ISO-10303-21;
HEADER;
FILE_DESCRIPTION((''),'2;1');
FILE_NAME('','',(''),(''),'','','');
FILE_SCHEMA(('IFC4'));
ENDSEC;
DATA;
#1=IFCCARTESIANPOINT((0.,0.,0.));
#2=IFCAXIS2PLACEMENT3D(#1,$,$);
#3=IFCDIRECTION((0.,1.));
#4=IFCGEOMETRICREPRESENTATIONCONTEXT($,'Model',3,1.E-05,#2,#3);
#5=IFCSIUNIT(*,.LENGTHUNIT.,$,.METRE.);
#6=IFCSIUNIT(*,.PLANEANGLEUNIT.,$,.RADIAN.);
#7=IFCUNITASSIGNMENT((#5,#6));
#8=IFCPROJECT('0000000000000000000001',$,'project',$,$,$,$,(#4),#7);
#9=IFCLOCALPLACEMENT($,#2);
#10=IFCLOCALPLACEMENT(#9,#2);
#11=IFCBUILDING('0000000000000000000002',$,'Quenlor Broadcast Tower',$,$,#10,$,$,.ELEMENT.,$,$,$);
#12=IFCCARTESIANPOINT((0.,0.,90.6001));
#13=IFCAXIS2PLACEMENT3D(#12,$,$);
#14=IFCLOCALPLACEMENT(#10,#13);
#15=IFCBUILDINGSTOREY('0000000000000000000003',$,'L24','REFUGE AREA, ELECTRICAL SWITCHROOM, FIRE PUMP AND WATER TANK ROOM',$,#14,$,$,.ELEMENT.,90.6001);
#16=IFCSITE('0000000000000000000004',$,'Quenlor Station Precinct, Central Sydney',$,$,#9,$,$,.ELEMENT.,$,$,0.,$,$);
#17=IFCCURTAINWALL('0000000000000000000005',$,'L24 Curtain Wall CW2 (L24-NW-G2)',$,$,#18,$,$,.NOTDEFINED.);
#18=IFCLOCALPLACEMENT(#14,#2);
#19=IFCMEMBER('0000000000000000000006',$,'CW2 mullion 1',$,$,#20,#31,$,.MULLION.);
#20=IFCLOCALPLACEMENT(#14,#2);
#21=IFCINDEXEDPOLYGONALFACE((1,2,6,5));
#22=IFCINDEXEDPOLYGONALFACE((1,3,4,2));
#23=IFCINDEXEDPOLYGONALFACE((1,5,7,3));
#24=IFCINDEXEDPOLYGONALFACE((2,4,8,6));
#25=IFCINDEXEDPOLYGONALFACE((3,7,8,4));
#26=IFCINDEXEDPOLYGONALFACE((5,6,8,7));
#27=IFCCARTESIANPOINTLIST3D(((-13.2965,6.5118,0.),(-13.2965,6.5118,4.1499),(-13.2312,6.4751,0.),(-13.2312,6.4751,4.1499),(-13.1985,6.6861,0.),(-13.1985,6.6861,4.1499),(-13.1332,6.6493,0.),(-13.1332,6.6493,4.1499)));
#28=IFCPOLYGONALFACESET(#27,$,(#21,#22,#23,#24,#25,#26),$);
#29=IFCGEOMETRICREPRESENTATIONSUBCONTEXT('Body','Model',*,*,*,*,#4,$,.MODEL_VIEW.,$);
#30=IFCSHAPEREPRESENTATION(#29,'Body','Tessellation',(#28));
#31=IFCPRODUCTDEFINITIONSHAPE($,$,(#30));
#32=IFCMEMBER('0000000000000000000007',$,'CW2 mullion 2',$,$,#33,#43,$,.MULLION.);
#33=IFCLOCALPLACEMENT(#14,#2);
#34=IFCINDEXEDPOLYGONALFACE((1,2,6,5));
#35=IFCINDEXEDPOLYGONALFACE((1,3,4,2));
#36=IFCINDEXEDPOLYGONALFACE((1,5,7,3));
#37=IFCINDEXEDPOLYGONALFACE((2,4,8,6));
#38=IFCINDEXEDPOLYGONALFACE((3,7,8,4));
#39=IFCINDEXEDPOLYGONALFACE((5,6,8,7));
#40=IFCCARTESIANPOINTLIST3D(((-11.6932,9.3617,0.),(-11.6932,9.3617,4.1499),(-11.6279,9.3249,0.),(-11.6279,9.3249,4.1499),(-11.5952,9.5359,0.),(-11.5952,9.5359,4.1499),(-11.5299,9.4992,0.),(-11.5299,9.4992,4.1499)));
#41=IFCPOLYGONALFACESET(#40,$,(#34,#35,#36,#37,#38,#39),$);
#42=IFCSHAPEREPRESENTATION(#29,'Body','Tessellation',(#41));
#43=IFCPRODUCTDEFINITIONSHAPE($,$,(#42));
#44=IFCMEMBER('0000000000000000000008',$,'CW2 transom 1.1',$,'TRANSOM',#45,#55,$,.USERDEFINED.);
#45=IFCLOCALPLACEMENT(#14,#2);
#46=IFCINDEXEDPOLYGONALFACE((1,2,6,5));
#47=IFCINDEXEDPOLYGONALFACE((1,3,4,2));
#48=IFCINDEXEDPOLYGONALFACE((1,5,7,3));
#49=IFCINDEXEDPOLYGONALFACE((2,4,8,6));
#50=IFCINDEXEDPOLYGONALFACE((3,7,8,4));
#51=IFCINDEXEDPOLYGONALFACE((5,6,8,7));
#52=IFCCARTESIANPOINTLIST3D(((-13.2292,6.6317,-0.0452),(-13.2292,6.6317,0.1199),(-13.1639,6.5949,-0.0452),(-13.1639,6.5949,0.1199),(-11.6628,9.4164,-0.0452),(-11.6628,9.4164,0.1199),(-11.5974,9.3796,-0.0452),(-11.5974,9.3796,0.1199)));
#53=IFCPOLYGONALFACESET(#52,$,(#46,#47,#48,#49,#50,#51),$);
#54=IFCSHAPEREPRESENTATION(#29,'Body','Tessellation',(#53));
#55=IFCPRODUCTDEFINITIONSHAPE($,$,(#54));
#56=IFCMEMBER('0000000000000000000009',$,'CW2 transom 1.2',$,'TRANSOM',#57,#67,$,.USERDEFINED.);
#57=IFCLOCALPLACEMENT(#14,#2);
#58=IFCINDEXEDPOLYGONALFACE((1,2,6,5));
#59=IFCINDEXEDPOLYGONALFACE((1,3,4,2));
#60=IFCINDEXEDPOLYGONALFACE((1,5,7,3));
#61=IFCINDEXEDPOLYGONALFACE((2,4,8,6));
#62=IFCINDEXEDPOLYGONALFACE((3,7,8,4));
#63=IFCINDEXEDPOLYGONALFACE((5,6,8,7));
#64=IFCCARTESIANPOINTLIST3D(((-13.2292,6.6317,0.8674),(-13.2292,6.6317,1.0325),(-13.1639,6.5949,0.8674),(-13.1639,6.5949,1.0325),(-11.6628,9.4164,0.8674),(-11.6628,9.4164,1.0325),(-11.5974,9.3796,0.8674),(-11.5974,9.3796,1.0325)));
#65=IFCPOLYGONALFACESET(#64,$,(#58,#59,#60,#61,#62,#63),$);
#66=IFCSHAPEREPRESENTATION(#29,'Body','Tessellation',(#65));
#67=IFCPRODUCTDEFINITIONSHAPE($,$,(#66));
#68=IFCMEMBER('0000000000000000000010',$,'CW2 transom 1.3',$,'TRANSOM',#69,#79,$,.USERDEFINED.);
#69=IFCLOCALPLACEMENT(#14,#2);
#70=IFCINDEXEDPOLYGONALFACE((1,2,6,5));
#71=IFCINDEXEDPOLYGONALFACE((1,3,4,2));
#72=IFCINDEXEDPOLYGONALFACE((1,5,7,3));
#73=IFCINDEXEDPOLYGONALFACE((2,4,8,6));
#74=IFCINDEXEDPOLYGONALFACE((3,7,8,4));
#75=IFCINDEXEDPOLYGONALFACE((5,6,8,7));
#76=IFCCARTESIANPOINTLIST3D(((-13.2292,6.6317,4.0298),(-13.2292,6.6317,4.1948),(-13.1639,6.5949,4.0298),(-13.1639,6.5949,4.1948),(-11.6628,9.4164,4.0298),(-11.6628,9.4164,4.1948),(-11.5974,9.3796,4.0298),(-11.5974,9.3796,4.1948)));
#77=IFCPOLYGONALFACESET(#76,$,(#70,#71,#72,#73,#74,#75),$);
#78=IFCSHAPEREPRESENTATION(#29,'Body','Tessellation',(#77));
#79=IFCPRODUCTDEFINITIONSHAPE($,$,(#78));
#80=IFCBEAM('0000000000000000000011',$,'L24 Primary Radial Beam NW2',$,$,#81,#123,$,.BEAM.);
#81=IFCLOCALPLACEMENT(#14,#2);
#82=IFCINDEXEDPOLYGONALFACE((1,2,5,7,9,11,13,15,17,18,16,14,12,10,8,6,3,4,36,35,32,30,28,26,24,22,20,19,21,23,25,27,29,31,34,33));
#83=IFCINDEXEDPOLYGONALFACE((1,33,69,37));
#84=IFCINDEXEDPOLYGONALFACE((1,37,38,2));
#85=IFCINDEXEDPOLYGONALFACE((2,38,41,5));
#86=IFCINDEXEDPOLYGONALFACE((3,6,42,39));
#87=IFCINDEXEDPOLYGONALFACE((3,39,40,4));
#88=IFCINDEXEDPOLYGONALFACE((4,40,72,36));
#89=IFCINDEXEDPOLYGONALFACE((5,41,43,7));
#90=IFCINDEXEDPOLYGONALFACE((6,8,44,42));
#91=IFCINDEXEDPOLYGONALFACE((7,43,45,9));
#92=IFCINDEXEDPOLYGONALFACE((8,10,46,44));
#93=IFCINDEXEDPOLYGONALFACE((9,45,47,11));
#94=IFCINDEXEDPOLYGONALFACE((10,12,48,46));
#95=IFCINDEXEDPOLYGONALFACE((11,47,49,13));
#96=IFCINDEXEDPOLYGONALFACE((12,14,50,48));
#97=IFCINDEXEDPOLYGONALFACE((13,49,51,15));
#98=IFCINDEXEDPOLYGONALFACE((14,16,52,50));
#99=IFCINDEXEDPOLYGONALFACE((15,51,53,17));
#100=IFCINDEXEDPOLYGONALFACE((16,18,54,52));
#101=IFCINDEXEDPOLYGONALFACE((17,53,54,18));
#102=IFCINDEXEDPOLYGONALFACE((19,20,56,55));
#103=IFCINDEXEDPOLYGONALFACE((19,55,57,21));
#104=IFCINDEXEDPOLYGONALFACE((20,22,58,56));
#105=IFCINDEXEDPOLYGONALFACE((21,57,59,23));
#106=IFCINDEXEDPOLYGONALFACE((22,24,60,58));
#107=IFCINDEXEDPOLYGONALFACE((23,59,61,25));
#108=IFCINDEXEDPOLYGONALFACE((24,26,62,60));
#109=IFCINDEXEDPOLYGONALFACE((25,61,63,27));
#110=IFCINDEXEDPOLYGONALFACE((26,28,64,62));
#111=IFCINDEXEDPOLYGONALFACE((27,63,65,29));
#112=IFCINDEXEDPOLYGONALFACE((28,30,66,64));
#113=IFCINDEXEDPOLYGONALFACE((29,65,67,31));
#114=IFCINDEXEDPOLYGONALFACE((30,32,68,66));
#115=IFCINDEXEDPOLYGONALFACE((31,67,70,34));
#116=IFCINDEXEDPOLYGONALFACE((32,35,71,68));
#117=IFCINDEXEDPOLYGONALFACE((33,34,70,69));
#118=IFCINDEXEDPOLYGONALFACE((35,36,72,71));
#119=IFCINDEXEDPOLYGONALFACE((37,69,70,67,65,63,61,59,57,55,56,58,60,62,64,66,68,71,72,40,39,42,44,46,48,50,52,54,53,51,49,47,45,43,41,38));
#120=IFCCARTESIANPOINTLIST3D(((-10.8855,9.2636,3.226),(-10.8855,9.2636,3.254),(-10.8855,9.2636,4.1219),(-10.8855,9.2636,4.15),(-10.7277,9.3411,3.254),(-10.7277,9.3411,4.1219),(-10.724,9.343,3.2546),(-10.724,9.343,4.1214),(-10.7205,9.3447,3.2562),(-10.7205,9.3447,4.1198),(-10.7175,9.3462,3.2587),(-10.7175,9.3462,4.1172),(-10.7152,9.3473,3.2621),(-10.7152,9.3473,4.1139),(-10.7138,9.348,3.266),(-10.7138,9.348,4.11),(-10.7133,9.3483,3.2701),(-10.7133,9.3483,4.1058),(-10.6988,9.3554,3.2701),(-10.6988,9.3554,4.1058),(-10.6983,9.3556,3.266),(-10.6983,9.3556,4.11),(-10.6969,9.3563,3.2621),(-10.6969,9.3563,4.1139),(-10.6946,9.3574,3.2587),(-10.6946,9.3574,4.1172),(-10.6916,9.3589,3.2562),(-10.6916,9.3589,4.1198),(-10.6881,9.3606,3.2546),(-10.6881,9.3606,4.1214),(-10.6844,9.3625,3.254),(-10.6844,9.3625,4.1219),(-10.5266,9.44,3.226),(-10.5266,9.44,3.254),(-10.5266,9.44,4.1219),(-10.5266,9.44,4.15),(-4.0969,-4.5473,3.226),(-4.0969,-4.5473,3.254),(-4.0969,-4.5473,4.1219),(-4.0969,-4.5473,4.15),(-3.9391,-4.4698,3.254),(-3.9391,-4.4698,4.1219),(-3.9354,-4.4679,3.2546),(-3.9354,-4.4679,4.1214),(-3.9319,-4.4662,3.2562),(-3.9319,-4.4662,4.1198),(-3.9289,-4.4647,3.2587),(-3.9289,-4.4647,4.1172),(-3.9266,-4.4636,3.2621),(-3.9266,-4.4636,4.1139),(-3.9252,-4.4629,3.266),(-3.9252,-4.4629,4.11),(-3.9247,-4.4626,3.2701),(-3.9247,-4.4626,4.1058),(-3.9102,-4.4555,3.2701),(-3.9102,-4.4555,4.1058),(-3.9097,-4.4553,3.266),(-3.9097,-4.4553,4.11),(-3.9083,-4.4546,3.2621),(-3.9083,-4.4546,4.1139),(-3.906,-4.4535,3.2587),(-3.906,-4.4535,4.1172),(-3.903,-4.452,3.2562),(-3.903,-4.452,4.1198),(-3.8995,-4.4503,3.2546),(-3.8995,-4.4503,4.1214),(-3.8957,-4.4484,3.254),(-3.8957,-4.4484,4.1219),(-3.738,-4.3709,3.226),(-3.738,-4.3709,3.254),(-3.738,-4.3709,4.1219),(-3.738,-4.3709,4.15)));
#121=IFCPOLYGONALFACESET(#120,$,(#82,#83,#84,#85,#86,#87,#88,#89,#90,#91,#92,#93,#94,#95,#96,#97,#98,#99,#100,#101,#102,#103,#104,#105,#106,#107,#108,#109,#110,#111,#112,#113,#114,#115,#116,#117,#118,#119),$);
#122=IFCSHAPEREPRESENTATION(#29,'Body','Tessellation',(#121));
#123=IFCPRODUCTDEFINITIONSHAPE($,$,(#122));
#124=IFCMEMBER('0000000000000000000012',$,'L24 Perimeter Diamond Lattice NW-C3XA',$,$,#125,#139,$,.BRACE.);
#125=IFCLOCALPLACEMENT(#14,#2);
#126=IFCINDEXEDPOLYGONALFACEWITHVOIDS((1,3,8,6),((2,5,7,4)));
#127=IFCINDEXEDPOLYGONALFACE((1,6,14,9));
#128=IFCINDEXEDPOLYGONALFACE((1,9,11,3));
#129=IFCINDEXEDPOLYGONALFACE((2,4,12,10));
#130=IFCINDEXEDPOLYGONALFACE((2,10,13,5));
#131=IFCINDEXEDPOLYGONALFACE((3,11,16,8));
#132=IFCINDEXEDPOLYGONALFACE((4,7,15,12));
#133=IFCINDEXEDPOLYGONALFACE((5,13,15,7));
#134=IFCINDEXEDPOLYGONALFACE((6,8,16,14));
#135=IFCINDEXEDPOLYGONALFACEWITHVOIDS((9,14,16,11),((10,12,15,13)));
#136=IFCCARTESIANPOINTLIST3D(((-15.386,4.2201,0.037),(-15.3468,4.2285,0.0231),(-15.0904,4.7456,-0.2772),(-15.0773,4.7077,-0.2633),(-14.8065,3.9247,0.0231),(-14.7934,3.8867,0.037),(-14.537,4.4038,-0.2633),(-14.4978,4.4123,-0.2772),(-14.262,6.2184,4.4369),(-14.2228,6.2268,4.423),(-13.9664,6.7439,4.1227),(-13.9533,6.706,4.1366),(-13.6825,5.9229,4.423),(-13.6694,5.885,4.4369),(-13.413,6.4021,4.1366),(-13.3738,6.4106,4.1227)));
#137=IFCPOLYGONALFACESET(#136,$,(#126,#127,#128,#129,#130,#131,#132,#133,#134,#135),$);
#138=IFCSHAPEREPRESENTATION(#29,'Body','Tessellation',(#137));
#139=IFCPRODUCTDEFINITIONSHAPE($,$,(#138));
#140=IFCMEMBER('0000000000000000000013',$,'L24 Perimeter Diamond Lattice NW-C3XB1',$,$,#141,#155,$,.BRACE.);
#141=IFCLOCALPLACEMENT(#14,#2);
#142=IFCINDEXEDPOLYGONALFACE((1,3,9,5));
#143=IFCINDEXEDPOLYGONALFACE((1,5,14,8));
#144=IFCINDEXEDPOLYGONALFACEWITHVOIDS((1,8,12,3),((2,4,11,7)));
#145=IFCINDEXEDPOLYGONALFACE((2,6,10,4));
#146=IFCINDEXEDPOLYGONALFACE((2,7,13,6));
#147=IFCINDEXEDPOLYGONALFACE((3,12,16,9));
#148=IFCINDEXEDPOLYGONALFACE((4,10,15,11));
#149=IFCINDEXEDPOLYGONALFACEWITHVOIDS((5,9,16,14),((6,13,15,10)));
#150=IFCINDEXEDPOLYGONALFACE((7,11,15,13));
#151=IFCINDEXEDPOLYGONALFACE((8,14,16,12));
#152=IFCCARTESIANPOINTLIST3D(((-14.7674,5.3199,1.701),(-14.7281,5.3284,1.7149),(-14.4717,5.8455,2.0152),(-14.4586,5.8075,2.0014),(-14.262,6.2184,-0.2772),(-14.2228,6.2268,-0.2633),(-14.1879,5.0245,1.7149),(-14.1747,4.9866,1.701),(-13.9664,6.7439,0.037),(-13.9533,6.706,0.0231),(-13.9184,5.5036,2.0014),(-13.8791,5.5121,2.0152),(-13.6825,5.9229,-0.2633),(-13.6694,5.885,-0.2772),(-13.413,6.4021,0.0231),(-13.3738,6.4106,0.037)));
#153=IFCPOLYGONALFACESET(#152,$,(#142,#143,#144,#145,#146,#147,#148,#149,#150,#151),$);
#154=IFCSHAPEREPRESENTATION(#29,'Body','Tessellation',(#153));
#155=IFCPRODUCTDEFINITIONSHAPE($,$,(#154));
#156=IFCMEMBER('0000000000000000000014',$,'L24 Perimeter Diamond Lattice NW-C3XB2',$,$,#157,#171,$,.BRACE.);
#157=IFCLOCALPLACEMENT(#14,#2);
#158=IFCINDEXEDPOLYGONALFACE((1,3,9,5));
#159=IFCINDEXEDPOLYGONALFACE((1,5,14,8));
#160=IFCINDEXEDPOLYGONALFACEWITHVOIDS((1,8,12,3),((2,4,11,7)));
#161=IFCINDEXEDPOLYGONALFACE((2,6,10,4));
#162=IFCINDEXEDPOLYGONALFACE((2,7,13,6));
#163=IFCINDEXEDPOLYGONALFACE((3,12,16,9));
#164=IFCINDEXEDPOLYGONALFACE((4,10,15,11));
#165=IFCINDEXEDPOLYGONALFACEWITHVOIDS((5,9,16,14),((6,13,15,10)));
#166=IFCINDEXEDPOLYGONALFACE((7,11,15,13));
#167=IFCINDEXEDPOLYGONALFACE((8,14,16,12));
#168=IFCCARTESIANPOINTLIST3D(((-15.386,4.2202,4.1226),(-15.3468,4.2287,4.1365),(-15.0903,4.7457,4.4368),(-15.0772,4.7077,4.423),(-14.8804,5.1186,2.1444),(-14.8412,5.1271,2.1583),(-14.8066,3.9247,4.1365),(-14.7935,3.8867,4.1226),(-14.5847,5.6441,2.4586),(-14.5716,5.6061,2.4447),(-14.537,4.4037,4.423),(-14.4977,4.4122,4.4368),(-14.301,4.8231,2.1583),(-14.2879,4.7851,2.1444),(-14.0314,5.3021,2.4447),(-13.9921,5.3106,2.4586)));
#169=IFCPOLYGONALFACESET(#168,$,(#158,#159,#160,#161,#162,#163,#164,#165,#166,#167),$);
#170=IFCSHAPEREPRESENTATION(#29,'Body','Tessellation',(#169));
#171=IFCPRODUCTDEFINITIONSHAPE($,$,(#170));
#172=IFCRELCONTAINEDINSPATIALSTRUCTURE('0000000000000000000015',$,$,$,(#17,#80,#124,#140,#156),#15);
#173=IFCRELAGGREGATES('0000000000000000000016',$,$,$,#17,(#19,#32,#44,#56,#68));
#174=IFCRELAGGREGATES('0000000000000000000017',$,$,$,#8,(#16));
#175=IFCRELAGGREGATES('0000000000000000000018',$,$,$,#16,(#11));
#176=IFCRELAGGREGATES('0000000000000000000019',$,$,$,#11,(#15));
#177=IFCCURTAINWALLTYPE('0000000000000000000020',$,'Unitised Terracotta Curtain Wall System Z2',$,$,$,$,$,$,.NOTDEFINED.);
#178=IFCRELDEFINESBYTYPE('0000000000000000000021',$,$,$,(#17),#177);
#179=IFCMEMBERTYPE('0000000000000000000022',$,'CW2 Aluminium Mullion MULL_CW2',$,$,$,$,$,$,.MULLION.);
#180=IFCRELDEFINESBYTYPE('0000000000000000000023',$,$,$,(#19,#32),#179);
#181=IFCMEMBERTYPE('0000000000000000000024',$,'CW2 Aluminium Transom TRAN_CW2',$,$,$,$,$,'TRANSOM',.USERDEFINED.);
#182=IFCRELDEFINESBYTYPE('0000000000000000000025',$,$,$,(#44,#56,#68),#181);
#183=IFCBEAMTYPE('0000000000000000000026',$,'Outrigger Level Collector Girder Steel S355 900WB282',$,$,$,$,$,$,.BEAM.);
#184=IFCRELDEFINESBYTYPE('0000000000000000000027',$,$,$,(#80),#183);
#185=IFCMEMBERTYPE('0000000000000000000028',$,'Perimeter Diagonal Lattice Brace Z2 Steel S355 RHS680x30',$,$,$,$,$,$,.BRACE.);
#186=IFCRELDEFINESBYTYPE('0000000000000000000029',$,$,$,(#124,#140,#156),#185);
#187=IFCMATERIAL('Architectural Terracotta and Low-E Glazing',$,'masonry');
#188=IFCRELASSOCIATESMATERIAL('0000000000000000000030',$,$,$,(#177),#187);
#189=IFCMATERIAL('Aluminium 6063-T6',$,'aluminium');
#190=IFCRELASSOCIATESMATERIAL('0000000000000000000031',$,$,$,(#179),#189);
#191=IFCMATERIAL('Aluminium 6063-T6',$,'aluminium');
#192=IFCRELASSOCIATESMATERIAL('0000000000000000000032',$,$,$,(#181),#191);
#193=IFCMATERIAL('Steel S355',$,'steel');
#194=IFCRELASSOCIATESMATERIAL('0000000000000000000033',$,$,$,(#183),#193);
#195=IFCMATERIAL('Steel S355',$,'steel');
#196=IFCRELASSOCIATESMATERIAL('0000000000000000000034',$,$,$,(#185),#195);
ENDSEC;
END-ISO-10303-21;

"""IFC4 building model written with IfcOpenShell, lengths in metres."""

from ifc_helpers import new_model, si_unit, direction, frame, origin, origin_2d, place, context, subcontext, project, spatial, rectangle, hollow_rectangle, i_section, extrude, material, material_profile, profile_set, type_object, element, aggregate, save


model = new_model("IFC4")

# Units and contexts
model_context = context("Model", 3, precision=1e-05, world=origin(), true_north=direction((0.0, 1.0)))
body_context = subcontext(model_context, "Body", "Model", "MODEL_VIEW")
ifc_project = project(units=[si_unit("LENGTHUNIT", "METRE"), si_unit("PLANEANGLEUNIT", "RADIAN")], contexts=[model_context])

# Site, building, storey
site_placement = place(None, origin())
site = spatial("IfcSite", under=ifc_project, at=site_placement, Name="Quenlor Station Precinct, Central Sydney", CompositionType="ELEMENT", RefElevation=0.0)
building_placement = place(site_placement, origin())
building = spatial("IfcBuilding", under=site, at=building_placement, Name="Quenlor Broadcast Tower", CompositionType="ELEMENT")
storey_placement = place(building_placement, frame((0.0, 0.0, 90.6001)))
storey = spatial("IfcBuildingStorey", under=building, at=storey_placement, Name="L24", Description="REFUGE AREA, ELECTRICAL SWITCHROOM, FIRE PUMP AND WATER TANK ROOM", CompositionType="ELEMENT", Elevation=90.6001)

# Curtain wall, members
ifc_material_1 = material(Name="Architectural Terracotta and Low-E Glazing", Category="masonry")
curtain_wall_type = type_object("IfcCurtainWallType", Name="Unitised Terracotta Curtain Wall System Z2", PredefinedType="NOTDEFINED", material=ifc_material_1)
curtain_wall_placement = place(storey_placement, origin())
curtain_wall = element("IfcCurtainWall", 1, at=curtain_wall_placement, inside=storey, type_object=curtain_wall_type, Name="L24 Curtain Wall CW2 (L24-NW-G2)", PredefinedType="NOTDEFINED")
ifc_material_2 = material(Name="Aluminium 6063-T6", Category="aluminium")
ifc_material_profile_1 = material_profile(ifc_material_2, rectangle(XDim=0.075, YDim=0.2, at=origin_2d()))
ifc_profile_set_1 = profile_set([ifc_material_profile_1], Name="Aluminium 6063-T6 MULL75x200")
member_type_1 = type_object("IfcMemberType", Name="CW2 Aluminium Mullion MULL_CW2", PredefinedType="MULLION", material=ifc_profile_set_1)
member_1_placement = place(storey_placement, frame((-13.2148, 6.5806, 0.0), z_axis=(0.0, 0.0, 1.0), x_axis=(-0.871577, 0.490258, 0.0)))
member_1 = element("IfcMember", 2, at=member_1_placement, type_object=member_type_1, Name="CW2 mullion 1", PredefinedType="MULLION", context=body_context, shape_type="SweptSolid", body=[
    extrude(rectangle(XDim=0.075, YDim=0.2, at=origin_2d()), origin(), (0.0, 0.0, 1.0), 4.1499),
])
member_2_placement = place(storey_placement, frame((-11.6116, 9.4304, 0.0), z_axis=(0.0, 0.0, 1.0), x_axis=(-0.871577, 0.490258, 0.0)))
member_2 = element("IfcMember", 3, at=member_2_placement, type_object=member_type_1, Name="CW2 mullion 2", PredefinedType="MULLION", context=body_context, shape_type="SweptSolid", body=[
    extrude(rectangle(XDim=0.075, YDim=0.2, at=origin_2d()), origin(), (0.0, 0.0, 1.0), 4.1499),
])
ifc_material_3 = material(Name="Aluminium 6063-T6", Category="aluminium")
ifc_material_profile_2 = material_profile(ifc_material_3, rectangle(XDim=0.075, YDim=0.165, at=origin_2d()))
ifc_profile_set_2 = profile_set([ifc_material_profile_2], Name="Aluminium 6063-T6 TRAN75x165")
member_type_2 = type_object("IfcMemberType", Name="CW2 Aluminium Transom TRAN_CW2", ElementType="TRANSOM", PredefinedType="USERDEFINED", material=ifc_profile_set_2)
member_3_placement = place(storey_placement, frame((-13.1965, 6.6133, 0.0374), z_axis=(0.490268, 0.871571, 0.0), x_axis=(-0.871571, 0.490268, 0.0)))
member_3 = element("IfcMember", 4, at=member_3_placement, type_object=member_type_2, Name="CW2 transom 1.1", ObjectType="TRANSOM", PredefinedType="USERDEFINED", context=body_context, shape_type="SweptSolid", body=[
    extrude(rectangle(XDim=0.075, YDim=0.165, at=origin_2d()), origin(), (0.0, 0.0, 1.0), 3.1951),
])
member_4_placement = place(storey_placement, frame((-13.1965, 6.6133, 0.95), z_axis=(0.490268, 0.871571, 0.0), x_axis=(-0.871571, 0.490268, 0.0)))
member_4 = element("IfcMember", 5, at=member_4_placement, type_object=member_type_2, Name="CW2 transom 1.2", ObjectType="TRANSOM", PredefinedType="USERDEFINED", context=body_context, shape_type="SweptSolid", body=[
    extrude(rectangle(XDim=0.075, YDim=0.165, at=origin_2d()), origin(), (0.0, 0.0, 1.0), 3.1951),
])
member_5_placement = place(storey_placement, frame((-13.1965, 6.6133, 4.1123), z_axis=(0.490268, 0.871571, 0.0), x_axis=(-0.871571, 0.490268, 0.0)))
member_5 = element("IfcMember", 6, at=member_5_placement, type_object=member_type_2, Name="CW2 transom 1.3", ObjectType="TRANSOM", PredefinedType="USERDEFINED", context=body_context, shape_type="SweptSolid", body=[
    extrude(rectangle(XDim=0.075, YDim=0.165, at=origin_2d()), origin(), (0.0, 0.0, 1.0), 3.1951),
])

# Beam
ifc_material_4 = material(Name="Steel S355", Category="steel")
ifc_material_profile_3 = material_profile(ifc_material_4, i_section(OverallWidth=0.3999, OverallDepth=0.9241, WebThickness=0.0161, FlangeThickness=0.0281, FilletRadius=0.0161, at=origin_2d()))
ifc_profile_set_3 = profile_set([ifc_material_profile_3], Name="Steel S355 900WB282")
beam_type_1 = type_object("IfcBeamType", Name="Outrigger Level Collector Girder Steel S355 900WB282", PredefinedType="BEAM", material=ifc_profile_set_3)
beam_1_placement = place(storey_placement, frame((-10.7061, 9.3518, 3.688), z_axis=(0.44113, -0.897443, 0.0), x_axis=(0.897443, 0.44113, 0.0)))
element("IfcBeam", 7, at=beam_1_placement, inside=storey, type_object=beam_type_1, Name="L24 Primary Radial Beam NW2", PredefinedType="BEAM", context=body_context, shape_type="SweptSolid", body=[
    extrude(i_section(OverallWidth=0.3999, OverallDepth=0.9241, WebThickness=0.0161, FlangeThickness=0.0281, FilletRadius=0.0161, at=origin_2d()), origin(), (0.0, 0.0, 1.0), 15.3892),
])

# Members
ifc_material_5 = material(Name="Steel S355", Category="steel")
ifc_material_profile_4 = material_profile(ifc_material_5, hollow_rectangle(XDim=0.6799, YDim=0.6799, WallThickness=0.03, at=origin_2d()))
ifc_profile_set_4 = profile_set([ifc_material_profile_4], Name="Steel S355 RHS680x680x30")
member_type_3 = type_object("IfcMemberType", Name="Perimeter Diagonal Lattice Brace Z2 Steel S355 RHS680x30", PredefinedType="BRACE", material=ifc_profile_set_4)
member_6_placement = place(storey_placement, frame((-14.9419, 4.3162, -0.1201), z_axis=(0.226553, 0.402766, 0.886822), x_axis=(-0.871578, 0.490256, 0.0)))
element("IfcMember", 8, at=member_6_placement, inside=storey, type_object=member_type_3, Name="L24 Perimeter Diamond Lattice NW-C3XA", PredefinedType="BRACE", context=body_context, shape_type="SweptSolid", body=[
    extrude(hollow_rectangle(XDim=0.6799, YDim=0.6799, WallThickness=0.03, at=origin_2d()), origin(), (0.0, 0.0, 1.0), 4.9614),
])
for number, where, z_axis, x_axis, name in (
    (9, (-13.8179, 6.3145, -0.1201), (-0.22655, -0.402755, 0.886828), (0.871576, -0.490261, 0.0), "L24 Perimeter Diamond Lattice NW-C3XB1"),
    (10, (-14.4363, 5.2146, 2.3015), (-0.226654, -0.402745, 0.886806), (0.871474, -0.490441, 0.0), "L24 Perimeter Diamond Lattice NW-C3XB2"),
):
    element("IfcMember", number, at=place(storey_placement, frame(where, z_axis=z_axis, x_axis=x_axis)), inside=storey, type_object=member_type_3, Name=name, PredefinedType="BRACE", context=body_context, shape_type="SweptSolid", body=[
        extrude(hollow_rectangle(XDim=0.6799, YDim=0.6799, WallThickness=0.03, at=origin_2d()), origin(), (0.0, 0.0, 1.0), 2.2307),
    ])

aggregate(curtain_wall, [member_1, member_2, member_3, member_4, member_5])

save(model, "model.ifc")
